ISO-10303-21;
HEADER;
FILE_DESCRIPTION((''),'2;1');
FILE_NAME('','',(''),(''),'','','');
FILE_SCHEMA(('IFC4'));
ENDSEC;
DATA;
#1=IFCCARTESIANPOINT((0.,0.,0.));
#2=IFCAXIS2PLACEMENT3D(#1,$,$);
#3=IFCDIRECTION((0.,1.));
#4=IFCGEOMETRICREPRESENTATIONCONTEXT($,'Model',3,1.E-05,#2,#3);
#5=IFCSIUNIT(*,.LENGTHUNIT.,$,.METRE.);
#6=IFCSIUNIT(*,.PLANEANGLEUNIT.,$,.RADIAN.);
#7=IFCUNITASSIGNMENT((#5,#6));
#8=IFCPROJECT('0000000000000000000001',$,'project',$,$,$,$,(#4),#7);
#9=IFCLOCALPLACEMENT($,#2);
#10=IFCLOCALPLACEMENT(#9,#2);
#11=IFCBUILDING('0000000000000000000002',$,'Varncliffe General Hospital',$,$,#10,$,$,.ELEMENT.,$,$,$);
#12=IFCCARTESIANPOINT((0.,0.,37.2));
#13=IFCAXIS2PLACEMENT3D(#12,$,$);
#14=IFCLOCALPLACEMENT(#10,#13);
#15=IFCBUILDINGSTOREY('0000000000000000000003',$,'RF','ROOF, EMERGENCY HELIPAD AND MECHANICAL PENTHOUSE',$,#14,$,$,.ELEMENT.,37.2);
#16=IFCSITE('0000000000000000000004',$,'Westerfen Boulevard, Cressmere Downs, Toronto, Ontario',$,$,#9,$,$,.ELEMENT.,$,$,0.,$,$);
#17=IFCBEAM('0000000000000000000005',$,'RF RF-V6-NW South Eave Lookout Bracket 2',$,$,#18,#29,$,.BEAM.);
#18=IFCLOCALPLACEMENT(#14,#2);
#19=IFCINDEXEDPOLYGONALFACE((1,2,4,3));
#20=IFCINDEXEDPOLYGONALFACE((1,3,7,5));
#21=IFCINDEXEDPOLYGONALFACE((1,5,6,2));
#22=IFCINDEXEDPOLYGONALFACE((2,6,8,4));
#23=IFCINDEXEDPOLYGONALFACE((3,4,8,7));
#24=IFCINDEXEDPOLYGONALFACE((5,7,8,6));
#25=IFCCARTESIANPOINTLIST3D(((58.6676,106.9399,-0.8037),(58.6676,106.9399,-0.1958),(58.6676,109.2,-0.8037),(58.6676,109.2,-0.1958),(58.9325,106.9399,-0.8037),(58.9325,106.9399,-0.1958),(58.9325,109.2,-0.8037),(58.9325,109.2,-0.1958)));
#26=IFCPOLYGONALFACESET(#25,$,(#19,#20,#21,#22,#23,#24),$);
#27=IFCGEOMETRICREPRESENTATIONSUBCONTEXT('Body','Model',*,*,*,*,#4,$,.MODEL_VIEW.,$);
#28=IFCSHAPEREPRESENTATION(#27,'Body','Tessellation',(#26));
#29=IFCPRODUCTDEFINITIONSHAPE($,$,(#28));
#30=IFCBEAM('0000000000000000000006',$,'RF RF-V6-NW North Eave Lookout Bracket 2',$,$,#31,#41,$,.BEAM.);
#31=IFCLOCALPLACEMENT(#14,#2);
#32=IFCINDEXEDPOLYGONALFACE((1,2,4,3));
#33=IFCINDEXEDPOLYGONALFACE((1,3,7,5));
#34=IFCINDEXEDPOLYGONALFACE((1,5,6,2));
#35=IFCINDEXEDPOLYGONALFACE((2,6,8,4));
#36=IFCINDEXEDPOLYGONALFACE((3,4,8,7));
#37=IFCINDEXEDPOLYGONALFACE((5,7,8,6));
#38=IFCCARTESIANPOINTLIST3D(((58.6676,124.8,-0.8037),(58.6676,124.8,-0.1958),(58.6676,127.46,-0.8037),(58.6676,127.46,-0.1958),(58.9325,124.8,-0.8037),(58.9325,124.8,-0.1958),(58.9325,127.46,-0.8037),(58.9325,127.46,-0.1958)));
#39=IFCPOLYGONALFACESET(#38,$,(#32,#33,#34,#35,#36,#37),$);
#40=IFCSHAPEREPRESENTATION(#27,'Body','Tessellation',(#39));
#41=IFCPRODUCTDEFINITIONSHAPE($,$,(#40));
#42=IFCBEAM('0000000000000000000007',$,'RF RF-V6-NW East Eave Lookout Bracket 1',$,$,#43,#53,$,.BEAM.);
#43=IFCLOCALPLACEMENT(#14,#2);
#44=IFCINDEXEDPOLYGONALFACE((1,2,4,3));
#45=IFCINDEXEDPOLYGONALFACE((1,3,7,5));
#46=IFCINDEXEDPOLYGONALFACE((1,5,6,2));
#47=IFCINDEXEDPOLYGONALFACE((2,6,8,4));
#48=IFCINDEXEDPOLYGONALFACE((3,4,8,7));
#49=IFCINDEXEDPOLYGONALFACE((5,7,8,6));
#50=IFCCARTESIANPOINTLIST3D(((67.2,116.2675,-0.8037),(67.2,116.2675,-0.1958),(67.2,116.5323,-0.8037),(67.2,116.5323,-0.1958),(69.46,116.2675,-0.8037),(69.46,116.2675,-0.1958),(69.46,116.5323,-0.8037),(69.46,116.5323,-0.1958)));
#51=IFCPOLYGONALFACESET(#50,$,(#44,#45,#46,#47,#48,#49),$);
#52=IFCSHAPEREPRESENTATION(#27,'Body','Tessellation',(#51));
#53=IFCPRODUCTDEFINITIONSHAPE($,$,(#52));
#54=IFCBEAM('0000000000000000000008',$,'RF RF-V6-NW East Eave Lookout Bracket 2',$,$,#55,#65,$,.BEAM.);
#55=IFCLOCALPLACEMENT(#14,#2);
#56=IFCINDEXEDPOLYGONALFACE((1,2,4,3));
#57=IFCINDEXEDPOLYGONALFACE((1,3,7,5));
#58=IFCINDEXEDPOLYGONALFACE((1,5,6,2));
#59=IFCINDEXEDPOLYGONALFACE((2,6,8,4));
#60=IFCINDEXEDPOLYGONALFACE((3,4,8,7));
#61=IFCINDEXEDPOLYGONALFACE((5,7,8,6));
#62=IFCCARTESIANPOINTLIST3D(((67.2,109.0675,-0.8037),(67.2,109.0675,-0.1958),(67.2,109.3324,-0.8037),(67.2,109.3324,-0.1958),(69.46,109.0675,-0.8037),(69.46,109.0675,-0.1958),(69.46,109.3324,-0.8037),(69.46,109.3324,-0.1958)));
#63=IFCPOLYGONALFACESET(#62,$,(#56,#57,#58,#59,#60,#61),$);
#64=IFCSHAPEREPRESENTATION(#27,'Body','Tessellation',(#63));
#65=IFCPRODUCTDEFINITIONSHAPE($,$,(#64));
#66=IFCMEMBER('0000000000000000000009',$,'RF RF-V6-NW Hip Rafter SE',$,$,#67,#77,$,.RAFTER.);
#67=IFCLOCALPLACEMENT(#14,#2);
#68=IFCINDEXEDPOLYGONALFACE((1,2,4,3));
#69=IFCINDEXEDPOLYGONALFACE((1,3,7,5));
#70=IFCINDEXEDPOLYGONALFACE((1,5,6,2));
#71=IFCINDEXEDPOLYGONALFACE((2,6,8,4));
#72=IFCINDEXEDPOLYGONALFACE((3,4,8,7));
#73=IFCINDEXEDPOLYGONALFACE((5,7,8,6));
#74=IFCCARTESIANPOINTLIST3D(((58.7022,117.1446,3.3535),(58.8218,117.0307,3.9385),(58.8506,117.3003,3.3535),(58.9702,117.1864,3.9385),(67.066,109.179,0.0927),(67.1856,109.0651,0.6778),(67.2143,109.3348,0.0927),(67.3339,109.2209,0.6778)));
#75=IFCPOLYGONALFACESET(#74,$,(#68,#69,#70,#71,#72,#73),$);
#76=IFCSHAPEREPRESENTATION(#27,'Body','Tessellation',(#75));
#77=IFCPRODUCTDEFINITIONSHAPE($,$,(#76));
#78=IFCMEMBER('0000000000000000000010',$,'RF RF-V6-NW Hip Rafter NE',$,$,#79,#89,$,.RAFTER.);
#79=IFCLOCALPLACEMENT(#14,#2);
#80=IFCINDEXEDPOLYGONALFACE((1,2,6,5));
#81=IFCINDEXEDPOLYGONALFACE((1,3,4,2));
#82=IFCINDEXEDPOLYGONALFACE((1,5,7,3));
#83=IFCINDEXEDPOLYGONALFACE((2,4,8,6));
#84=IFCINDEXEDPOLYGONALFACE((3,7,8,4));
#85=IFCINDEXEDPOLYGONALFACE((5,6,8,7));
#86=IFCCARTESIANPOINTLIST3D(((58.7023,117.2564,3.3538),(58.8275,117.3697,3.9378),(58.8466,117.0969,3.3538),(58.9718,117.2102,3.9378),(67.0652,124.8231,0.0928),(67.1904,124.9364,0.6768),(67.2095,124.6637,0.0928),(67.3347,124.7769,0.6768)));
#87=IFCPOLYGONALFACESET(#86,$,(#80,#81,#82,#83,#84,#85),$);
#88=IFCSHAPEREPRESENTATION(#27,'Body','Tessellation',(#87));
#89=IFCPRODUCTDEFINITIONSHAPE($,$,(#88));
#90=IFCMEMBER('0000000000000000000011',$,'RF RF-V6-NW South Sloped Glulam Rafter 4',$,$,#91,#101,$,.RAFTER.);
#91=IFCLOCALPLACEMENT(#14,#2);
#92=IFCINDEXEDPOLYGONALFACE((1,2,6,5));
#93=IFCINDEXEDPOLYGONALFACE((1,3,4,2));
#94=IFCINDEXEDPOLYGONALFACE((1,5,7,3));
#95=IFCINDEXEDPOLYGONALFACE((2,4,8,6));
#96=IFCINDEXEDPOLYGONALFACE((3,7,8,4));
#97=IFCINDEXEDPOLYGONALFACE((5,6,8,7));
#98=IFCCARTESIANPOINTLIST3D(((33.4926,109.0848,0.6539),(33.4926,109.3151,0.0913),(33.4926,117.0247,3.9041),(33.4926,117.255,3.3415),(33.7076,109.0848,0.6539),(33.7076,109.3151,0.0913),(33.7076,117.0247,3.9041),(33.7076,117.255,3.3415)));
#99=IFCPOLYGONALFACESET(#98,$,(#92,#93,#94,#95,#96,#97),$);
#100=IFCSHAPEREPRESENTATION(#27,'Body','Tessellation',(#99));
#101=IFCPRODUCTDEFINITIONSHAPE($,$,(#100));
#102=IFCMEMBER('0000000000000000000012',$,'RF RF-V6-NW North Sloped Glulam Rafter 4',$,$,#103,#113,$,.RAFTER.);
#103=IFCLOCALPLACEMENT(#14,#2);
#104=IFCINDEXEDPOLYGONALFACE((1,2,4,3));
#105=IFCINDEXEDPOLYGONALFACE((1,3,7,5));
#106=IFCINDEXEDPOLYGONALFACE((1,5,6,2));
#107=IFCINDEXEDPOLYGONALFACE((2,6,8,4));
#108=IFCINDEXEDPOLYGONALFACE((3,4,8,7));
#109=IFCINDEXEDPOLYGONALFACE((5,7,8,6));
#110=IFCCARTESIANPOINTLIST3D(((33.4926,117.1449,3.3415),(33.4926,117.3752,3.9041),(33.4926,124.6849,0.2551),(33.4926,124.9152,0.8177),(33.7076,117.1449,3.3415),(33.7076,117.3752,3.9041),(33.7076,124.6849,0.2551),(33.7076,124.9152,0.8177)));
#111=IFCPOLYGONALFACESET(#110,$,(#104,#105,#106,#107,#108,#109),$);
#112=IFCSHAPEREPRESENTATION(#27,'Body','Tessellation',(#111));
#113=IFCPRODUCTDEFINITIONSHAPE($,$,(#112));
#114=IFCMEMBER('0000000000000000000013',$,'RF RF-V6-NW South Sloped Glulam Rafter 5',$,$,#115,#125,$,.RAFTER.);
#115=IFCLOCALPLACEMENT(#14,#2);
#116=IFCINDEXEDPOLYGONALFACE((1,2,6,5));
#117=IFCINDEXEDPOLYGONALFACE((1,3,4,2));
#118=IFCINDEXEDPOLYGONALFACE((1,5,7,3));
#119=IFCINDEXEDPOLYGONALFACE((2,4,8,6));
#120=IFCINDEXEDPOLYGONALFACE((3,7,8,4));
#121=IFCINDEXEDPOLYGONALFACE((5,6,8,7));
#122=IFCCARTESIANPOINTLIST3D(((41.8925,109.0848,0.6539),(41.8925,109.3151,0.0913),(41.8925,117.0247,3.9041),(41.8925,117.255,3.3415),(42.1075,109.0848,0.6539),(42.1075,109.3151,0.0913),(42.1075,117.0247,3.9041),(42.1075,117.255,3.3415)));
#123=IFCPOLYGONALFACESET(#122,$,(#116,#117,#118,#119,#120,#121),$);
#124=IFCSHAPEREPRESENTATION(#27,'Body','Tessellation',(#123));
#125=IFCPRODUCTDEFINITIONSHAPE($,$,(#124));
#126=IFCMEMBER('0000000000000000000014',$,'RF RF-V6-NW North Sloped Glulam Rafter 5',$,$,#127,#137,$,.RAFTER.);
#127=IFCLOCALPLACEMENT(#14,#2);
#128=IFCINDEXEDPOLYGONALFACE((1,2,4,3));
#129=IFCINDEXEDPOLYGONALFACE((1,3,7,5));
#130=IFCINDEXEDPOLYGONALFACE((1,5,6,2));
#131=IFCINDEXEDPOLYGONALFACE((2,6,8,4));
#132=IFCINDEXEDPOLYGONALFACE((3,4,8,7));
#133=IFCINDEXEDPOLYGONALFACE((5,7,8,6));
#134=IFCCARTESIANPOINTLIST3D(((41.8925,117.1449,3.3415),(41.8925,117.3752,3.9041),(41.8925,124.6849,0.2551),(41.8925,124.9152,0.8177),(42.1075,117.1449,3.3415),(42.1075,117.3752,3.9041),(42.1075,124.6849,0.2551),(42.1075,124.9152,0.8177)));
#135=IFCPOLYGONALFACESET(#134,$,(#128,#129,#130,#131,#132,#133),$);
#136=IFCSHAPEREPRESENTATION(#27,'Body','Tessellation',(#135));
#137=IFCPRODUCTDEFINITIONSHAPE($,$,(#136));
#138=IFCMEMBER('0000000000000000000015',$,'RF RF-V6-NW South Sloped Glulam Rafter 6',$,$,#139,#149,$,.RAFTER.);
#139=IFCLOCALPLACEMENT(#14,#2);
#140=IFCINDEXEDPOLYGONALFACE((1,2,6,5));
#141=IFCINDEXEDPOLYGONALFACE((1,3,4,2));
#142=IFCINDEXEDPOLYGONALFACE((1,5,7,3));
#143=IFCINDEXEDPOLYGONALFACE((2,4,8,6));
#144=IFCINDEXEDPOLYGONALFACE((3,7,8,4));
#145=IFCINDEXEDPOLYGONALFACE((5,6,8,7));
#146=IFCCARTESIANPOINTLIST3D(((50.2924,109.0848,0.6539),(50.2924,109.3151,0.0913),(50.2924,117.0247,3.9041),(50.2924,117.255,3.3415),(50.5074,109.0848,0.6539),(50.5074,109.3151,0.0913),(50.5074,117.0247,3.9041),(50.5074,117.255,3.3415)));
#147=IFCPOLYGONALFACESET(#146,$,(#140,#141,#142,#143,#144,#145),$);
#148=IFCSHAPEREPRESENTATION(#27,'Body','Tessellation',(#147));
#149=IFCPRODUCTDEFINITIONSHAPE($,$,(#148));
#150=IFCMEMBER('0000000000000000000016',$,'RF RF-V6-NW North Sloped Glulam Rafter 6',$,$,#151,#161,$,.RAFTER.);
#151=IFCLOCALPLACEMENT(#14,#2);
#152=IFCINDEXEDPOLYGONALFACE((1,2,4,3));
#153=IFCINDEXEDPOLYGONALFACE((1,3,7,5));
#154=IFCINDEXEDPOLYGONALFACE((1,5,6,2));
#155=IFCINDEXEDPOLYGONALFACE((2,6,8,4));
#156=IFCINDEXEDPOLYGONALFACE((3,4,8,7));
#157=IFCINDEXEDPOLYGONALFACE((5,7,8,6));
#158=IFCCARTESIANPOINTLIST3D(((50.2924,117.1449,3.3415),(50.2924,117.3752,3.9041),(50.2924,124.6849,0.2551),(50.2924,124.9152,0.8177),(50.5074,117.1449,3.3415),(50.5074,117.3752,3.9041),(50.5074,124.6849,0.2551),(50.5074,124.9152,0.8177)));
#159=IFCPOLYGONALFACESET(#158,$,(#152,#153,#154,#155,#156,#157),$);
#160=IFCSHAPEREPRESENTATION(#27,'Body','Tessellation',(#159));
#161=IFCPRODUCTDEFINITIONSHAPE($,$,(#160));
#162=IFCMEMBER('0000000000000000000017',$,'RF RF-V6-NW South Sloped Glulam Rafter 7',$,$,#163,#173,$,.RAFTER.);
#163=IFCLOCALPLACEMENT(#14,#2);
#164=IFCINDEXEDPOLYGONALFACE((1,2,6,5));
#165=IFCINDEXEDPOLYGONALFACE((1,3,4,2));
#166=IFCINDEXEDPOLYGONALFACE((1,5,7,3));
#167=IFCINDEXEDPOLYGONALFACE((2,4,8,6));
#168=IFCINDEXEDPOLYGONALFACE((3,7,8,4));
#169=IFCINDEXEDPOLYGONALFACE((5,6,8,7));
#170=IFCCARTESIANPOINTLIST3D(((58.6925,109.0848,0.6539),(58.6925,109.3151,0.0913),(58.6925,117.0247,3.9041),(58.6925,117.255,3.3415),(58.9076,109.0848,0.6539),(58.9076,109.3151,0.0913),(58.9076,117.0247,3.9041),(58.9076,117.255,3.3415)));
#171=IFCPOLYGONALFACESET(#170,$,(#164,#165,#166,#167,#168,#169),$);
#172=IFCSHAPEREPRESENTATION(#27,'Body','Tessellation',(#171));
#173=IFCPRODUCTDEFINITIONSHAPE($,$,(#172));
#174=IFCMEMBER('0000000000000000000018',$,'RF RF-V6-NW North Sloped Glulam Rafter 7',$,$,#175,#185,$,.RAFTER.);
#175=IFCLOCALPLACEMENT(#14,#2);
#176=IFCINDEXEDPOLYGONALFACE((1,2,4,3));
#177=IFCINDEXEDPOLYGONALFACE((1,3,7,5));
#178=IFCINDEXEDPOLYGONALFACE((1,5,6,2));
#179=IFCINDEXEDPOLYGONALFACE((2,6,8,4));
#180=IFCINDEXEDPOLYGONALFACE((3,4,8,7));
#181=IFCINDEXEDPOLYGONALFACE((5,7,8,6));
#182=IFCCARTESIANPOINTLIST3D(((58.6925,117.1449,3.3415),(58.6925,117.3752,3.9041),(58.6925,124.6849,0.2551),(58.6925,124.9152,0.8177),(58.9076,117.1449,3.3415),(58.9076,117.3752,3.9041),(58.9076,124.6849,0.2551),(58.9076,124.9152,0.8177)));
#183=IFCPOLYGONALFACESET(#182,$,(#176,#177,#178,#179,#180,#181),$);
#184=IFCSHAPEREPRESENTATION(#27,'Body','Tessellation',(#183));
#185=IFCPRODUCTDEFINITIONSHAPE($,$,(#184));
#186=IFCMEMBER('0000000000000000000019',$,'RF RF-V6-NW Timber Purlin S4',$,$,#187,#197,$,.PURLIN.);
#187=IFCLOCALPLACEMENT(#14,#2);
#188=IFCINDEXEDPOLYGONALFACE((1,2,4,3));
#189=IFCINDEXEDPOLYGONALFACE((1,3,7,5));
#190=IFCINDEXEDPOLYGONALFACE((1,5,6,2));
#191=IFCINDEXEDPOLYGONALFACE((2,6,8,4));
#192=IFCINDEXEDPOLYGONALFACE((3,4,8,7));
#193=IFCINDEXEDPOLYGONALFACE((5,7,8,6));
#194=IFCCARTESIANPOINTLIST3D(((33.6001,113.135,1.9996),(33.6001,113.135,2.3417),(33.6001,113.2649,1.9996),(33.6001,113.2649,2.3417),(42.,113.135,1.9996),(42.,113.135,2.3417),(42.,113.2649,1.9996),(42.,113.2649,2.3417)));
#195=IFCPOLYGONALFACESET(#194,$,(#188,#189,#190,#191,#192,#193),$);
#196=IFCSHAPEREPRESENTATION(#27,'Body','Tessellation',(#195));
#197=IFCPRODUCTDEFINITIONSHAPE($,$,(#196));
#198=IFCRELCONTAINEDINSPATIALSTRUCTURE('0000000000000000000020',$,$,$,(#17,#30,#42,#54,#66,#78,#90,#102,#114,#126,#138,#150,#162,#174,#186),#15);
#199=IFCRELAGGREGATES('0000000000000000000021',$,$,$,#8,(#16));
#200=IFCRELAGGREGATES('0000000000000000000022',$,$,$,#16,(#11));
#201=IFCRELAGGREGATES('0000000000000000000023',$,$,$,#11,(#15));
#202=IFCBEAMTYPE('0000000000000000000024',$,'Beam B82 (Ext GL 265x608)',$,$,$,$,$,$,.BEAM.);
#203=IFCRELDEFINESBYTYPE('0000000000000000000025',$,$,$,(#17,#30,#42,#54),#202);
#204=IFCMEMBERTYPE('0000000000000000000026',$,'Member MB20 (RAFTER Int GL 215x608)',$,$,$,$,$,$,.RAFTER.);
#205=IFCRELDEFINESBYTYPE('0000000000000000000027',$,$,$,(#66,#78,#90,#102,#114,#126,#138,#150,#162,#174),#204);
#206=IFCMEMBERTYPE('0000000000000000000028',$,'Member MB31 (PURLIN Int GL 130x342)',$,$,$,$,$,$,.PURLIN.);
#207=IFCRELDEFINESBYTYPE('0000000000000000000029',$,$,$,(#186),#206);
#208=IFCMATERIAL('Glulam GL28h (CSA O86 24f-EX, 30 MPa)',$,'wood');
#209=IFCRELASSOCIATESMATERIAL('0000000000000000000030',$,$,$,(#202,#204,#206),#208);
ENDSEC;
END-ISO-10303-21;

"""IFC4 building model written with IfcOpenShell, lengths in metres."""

from ifc_helpers import new_model, si_unit, direction, frame, origin, origin_2d, place, context, subcontext, project, spatial, rectangle, extrude, material, material_profile, profile_set, type_object, element, save


model = new_model("IFC4")

# Units and contexts
model_context = context("Model", 3, precision=1e-05, world=origin(), true_north=direction((0.0, 1.0)))
body_context = subcontext(model_context, "Body", "Model", "MODEL_VIEW")
ifc_project = project(units=[si_unit("LENGTHUNIT", "METRE"), si_unit("PLANEANGLEUNIT", "RADIAN")], contexts=[model_context])

# Site, building, storey
site_placement = place(None, origin())
site = spatial("IfcSite", under=ifc_project, at=site_placement, Name="Westerfen Boulevard, Cressmere Downs, Toronto, Ontario", CompositionType="ELEMENT", RefElevation=0.0)
building_placement = place(site_placement, origin())
building = spatial("IfcBuilding", under=site, at=building_placement, Name="Varncliffe General Hospital", CompositionType="ELEMENT")
storey_placement = place(building_placement, frame((0.0, 0.0, 37.2)))
storey = spatial("IfcBuildingStorey", under=building, at=storey_placement, Name="RF", Description="ROOF, EMERGENCY HELIPAD AND MECHANICAL PENTHOUSE", CompositionType="ELEMENT", Elevation=37.2)

# Beams
ifc_material_1 = material(Name="Glulam GL28h (CSA O86 24f-EX, 30 MPa)", Category="wood")
ifc_material_profile_1 = material_profile(ifc_material_1, rectangle(XDim=0.2649, YDim=0.6079, at=origin_2d()), Name="GL 265x608")
ifc_profile_set_1 = profile_set([ifc_material_profile_1], Name="Glulam GL28h (CSA O86 24f-EX, 30 MPa)")
beam_type = type_object("IfcBeamType", Name="Beam B82 (Ext GL 265x608)", PredefinedType="BEAM", material=ifc_profile_set_1)
beam_1_placement = place(storey_placement, frame((58.8, 106.9399, -0.4998), z_axis=(0.0, 1.0, 0.0), x_axis=(-1.0, 0.0, 0.0)))
element("IfcBeam", 1, at=beam_1_placement, inside=storey, type_object=beam_type, Name="RF RF-V6-NW South Eave Lookout Bracket 2", PredefinedType="BEAM", context=body_context, shape_type="SweptSolid", body=[
    extrude(rectangle(XDim=0.2649, YDim=0.6079, at=origin_2d()), origin(), (0.0, 0.0, 1.0), 2.26),
])
beam_2_placement = place(storey_placement, frame((58.8, 124.8, -0.4998), z_axis=(0.0, 1.0, 0.0), x_axis=(-1.0, 0.0, 0.0)))
element("IfcBeam", 2, at=beam_2_placement, inside=storey, type_object=beam_type, Name="RF RF-V6-NW North Eave Lookout Bracket 2", PredefinedType="BEAM", context=body_context, shape_type="SweptSolid", body=[
    extrude(rectangle(XDim=0.2649, YDim=0.6079, at=origin_2d()), origin(), (0.0, 0.0, 1.0), 2.6599),
])
for number, where, z_axis, x_axis, name in (
    (3, (67.2, 116.3999, -0.4998), (1.0, 0.0, 0.0), (0.0, 1.0, 0.0), "RF RF-V6-NW East Eave Lookout Bracket 1"),
    (4, (67.2, 109.2, -0.4998), (1.0, 0.0, 0.0), (0.0, 1.0, 0.0), "RF RF-V6-NW East Eave Lookout Bracket 2"),
):
    element("IfcBeam", number, at=place(storey_placement, frame(where, z_axis=z_axis, x_axis=x_axis)), inside=storey, type_object=beam_type, Name=name, PredefinedType="BEAM", context=body_context, shape_type="SweptSolid", body=[
        extrude(rectangle(XDim=0.2649, YDim=0.6079, at=origin_2d()), origin(), (0.0, 0.0, 1.0), 2.26),
    ])

# Members
ifc_material_profile_2 = material_profile(ifc_material_1, rectangle(XDim=0.2151, YDim=0.6079, at=origin_2d()), Name="GL 215x608")
ifc_profile_set_2 = profile_set([ifc_material_profile_2], Name="Glulam GL28h (CSA O86 24f-EX, 30 MPa)")
member_type_1 = type_object("IfcMemberType", Name="Member MB20 (RAFTER Int GL 215x608)", PredefinedType="RAFTER", material=ifc_profile_set_2)
member_1_placement = place(storey_placement, frame((67.2, 109.2, 0.3853), z_axis=(-0.696895, 0.663716, 0.271695), x_axis=(-0.689659, -0.724134, 0.0)))
element("IfcMember", 5, at=member_1_placement, inside=storey, type_object=member_type_1, Name="RF RF-V6-NW Hip Rafter SE", PredefinedType="RAFTER", context=body_context, shape_type="SweptSolid", body=[
    extrude(rectangle(XDim=0.2151, YDim=0.6079, at=origin_2d()), origin(), (0.0, 0.0, 1.0), 12.0015),
])
member_2_placement = place(storey_placement, frame((67.2, 124.8, 0.3848), z_axis=(-0.712341, -0.644526, 0.27777), x_axis=(0.670929, -0.741522, 0.0)))
element("IfcMember", 6, at=member_2_placement, inside=storey, type_object=member_type_1, Name="RF RF-V6-NW Hip Rafter NE", PredefinedType="RAFTER", context=body_context, shape_type="SweptSolid", body=[
    extrude(rectangle(XDim=0.2151, YDim=0.6079, at=origin_2d()), origin(), (0.0, 0.0, 1.0), 11.74),
])
member_3_placement = place(storey_placement, frame((33.6001, 109.2, 0.3726), z_axis=(0.0, 0.925462, 0.378841), x_axis=(-1.0, 0.0, 0.0)))
element("IfcMember", 7, at=member_3_placement, inside=storey, type_object=member_type_1, Name="RF RF-V6-NW South Sloped Glulam Rafter 4", PredefinedType="RAFTER", context=body_context, shape_type="SweptSolid", body=[
    extrude(rectangle(XDim=0.2151, YDim=0.6079, at=origin_2d()), origin(), (0.0, 0.0, 1.0), 8.5793),
])
member_4_placement = place(storey_placement, frame((33.6001, 124.8, 0.5364), z_axis=(0.0, -0.925467, 0.378829), x_axis=(1.0, 0.0, 0.0)))
element("IfcMember", 8, at=member_4_placement, inside=storey, type_object=member_type_1, Name="RF RF-V6-NW North Sloped Glulam Rafter 4", PredefinedType="RAFTER", context=body_context, shape_type="SweptSolid", body=[
    extrude(rectangle(XDim=0.2151, YDim=0.6079, at=origin_2d()), origin(), (0.0, 0.0, 1.0), 8.1472),
])
member_5_placement = place(storey_placement, frame((42.0, 109.2, 0.3726), z_axis=(0.0, 0.925462, 0.378841), x_axis=(-1.0, 0.0, 0.0)))
element("IfcMember", 9, at=member_5_placement, inside=storey, type_object=member_type_1, Name="RF RF-V6-NW South Sloped Glulam Rafter 5", PredefinedType="RAFTER", context=body_context, shape_type="SweptSolid", body=[
    extrude(rectangle(XDim=0.2151, YDim=0.6079, at=origin_2d()), origin(), (0.0, 0.0, 1.0), 8.5793),
])
member_6_placement = place(storey_placement, frame((42.0, 124.8, 0.5364), z_axis=(0.0, -0.925467, 0.378829), x_axis=(1.0, 0.0, 0.0)))
element("IfcMember", 10, at=member_6_placement, inside=storey, type_object=member_type_1, Name="RF RF-V6-NW North Sloped Glulam Rafter 5", PredefinedType="RAFTER", context=body_context, shape_type="SweptSolid", body=[
    extrude(rectangle(XDim=0.2151, YDim=0.6079, at=origin_2d()), origin(), (0.0, 0.0, 1.0), 8.1472),
])
member_7_placement = place(storey_placement, frame((50.3999, 109.2, 0.3726), z_axis=(0.0, 0.925462, 0.378841), x_axis=(-1.0, 0.0, 0.0)))
element("IfcMember", 11, at=member_7_placement, inside=storey, type_object=member_type_1, Name="RF RF-V6-NW South Sloped Glulam Rafter 6", PredefinedType="RAFTER", context=body_context, shape_type="SweptSolid", body=[
    extrude(rectangle(XDim=0.2151, YDim=0.6079, at=origin_2d()), origin(), (0.0, 0.0, 1.0), 8.5793),
])
member_8_placement = place(storey_placement, frame((50.3999, 124.8, 0.5364), z_axis=(0.0, -0.925467, 0.378829), x_axis=(1.0, 0.0, 0.0)))
element("IfcMember", 12, at=member_8_placement, inside=storey, type_object=member_type_1, Name="RF RF-V6-NW North Sloped Glulam Rafter 6", PredefinedType="RAFTER", context=body_context, shape_type="SweptSolid", body=[
    extrude(rectangle(XDim=0.2151, YDim=0.6079, at=origin_2d()), origin(), (0.0, 0.0, 1.0), 8.1472),
])
member_9_placement = place(storey_placement, frame((58.8, 109.2, 0.3726), z_axis=(0.0, 0.925462, 0.378841), x_axis=(-1.0, 0.0, 0.0)))
element("IfcMember", 13, at=member_9_placement, inside=storey, type_object=member_type_1, Name="RF RF-V6-NW South Sloped Glulam Rafter 7", PredefinedType="RAFTER", context=body_context, shape_type="SweptSolid", body=[
    extrude(rectangle(XDim=0.2151, YDim=0.6079, at=origin_2d()), origin(), (0.0, 0.0, 1.0), 8.5793),
])
member_10_placement = place(storey_placement, frame((58.8, 124.8, 0.5364), z_axis=(0.0, -0.925467, 0.378829), x_axis=(1.0, 0.0, 0.0)))
element("IfcMember", 14, at=member_10_placement, inside=storey, type_object=member_type_1, Name="RF RF-V6-NW North Sloped Glulam Rafter 7", PredefinedType="RAFTER", context=body_context, shape_type="SweptSolid", body=[
    extrude(rectangle(XDim=0.2151, YDim=0.6079, at=origin_2d()), origin(), (0.0, 0.0, 1.0), 8.1472),
])
ifc_material_profile_3 = material_profile(ifc_material_1, rectangle(XDim=0.1299, YDim=0.342, at=origin_2d()), Name="GL 130x342")
ifc_profile_set_3 = profile_set([ifc_material_profile_3], Name="Glulam GL28h (CSA O86 24f-EX, 30 MPa)")
member_type_2 = type_object("IfcMemberType", Name="Member MB31 (PURLIN Int GL 130x342)", PredefinedType="PURLIN", material=ifc_profile_set_3)
for number, where, z_axis, x_axis, name in (
    (15, (33.6001, 113.2, 2.1707), (1.0, 0.0, 0.0), (0.0, 1.0, 0.0), "RF RF-V6-NW Timber Purlin S4"),
):
    element("IfcMember", number, at=place(storey_placement, frame(where, z_axis=z_axis, x_axis=x_axis)), inside=storey, type_object=member_type_2, Name=name, PredefinedType="PURLIN", context=body_context, shape_type="SweptSolid", body=[
        extrude(rectangle(XDim=0.1299, YDim=0.342, at=origin_2d()), origin(), (0.0, 0.0, 1.0), 8.3999),
    ])

save(model, "model.ifc")
